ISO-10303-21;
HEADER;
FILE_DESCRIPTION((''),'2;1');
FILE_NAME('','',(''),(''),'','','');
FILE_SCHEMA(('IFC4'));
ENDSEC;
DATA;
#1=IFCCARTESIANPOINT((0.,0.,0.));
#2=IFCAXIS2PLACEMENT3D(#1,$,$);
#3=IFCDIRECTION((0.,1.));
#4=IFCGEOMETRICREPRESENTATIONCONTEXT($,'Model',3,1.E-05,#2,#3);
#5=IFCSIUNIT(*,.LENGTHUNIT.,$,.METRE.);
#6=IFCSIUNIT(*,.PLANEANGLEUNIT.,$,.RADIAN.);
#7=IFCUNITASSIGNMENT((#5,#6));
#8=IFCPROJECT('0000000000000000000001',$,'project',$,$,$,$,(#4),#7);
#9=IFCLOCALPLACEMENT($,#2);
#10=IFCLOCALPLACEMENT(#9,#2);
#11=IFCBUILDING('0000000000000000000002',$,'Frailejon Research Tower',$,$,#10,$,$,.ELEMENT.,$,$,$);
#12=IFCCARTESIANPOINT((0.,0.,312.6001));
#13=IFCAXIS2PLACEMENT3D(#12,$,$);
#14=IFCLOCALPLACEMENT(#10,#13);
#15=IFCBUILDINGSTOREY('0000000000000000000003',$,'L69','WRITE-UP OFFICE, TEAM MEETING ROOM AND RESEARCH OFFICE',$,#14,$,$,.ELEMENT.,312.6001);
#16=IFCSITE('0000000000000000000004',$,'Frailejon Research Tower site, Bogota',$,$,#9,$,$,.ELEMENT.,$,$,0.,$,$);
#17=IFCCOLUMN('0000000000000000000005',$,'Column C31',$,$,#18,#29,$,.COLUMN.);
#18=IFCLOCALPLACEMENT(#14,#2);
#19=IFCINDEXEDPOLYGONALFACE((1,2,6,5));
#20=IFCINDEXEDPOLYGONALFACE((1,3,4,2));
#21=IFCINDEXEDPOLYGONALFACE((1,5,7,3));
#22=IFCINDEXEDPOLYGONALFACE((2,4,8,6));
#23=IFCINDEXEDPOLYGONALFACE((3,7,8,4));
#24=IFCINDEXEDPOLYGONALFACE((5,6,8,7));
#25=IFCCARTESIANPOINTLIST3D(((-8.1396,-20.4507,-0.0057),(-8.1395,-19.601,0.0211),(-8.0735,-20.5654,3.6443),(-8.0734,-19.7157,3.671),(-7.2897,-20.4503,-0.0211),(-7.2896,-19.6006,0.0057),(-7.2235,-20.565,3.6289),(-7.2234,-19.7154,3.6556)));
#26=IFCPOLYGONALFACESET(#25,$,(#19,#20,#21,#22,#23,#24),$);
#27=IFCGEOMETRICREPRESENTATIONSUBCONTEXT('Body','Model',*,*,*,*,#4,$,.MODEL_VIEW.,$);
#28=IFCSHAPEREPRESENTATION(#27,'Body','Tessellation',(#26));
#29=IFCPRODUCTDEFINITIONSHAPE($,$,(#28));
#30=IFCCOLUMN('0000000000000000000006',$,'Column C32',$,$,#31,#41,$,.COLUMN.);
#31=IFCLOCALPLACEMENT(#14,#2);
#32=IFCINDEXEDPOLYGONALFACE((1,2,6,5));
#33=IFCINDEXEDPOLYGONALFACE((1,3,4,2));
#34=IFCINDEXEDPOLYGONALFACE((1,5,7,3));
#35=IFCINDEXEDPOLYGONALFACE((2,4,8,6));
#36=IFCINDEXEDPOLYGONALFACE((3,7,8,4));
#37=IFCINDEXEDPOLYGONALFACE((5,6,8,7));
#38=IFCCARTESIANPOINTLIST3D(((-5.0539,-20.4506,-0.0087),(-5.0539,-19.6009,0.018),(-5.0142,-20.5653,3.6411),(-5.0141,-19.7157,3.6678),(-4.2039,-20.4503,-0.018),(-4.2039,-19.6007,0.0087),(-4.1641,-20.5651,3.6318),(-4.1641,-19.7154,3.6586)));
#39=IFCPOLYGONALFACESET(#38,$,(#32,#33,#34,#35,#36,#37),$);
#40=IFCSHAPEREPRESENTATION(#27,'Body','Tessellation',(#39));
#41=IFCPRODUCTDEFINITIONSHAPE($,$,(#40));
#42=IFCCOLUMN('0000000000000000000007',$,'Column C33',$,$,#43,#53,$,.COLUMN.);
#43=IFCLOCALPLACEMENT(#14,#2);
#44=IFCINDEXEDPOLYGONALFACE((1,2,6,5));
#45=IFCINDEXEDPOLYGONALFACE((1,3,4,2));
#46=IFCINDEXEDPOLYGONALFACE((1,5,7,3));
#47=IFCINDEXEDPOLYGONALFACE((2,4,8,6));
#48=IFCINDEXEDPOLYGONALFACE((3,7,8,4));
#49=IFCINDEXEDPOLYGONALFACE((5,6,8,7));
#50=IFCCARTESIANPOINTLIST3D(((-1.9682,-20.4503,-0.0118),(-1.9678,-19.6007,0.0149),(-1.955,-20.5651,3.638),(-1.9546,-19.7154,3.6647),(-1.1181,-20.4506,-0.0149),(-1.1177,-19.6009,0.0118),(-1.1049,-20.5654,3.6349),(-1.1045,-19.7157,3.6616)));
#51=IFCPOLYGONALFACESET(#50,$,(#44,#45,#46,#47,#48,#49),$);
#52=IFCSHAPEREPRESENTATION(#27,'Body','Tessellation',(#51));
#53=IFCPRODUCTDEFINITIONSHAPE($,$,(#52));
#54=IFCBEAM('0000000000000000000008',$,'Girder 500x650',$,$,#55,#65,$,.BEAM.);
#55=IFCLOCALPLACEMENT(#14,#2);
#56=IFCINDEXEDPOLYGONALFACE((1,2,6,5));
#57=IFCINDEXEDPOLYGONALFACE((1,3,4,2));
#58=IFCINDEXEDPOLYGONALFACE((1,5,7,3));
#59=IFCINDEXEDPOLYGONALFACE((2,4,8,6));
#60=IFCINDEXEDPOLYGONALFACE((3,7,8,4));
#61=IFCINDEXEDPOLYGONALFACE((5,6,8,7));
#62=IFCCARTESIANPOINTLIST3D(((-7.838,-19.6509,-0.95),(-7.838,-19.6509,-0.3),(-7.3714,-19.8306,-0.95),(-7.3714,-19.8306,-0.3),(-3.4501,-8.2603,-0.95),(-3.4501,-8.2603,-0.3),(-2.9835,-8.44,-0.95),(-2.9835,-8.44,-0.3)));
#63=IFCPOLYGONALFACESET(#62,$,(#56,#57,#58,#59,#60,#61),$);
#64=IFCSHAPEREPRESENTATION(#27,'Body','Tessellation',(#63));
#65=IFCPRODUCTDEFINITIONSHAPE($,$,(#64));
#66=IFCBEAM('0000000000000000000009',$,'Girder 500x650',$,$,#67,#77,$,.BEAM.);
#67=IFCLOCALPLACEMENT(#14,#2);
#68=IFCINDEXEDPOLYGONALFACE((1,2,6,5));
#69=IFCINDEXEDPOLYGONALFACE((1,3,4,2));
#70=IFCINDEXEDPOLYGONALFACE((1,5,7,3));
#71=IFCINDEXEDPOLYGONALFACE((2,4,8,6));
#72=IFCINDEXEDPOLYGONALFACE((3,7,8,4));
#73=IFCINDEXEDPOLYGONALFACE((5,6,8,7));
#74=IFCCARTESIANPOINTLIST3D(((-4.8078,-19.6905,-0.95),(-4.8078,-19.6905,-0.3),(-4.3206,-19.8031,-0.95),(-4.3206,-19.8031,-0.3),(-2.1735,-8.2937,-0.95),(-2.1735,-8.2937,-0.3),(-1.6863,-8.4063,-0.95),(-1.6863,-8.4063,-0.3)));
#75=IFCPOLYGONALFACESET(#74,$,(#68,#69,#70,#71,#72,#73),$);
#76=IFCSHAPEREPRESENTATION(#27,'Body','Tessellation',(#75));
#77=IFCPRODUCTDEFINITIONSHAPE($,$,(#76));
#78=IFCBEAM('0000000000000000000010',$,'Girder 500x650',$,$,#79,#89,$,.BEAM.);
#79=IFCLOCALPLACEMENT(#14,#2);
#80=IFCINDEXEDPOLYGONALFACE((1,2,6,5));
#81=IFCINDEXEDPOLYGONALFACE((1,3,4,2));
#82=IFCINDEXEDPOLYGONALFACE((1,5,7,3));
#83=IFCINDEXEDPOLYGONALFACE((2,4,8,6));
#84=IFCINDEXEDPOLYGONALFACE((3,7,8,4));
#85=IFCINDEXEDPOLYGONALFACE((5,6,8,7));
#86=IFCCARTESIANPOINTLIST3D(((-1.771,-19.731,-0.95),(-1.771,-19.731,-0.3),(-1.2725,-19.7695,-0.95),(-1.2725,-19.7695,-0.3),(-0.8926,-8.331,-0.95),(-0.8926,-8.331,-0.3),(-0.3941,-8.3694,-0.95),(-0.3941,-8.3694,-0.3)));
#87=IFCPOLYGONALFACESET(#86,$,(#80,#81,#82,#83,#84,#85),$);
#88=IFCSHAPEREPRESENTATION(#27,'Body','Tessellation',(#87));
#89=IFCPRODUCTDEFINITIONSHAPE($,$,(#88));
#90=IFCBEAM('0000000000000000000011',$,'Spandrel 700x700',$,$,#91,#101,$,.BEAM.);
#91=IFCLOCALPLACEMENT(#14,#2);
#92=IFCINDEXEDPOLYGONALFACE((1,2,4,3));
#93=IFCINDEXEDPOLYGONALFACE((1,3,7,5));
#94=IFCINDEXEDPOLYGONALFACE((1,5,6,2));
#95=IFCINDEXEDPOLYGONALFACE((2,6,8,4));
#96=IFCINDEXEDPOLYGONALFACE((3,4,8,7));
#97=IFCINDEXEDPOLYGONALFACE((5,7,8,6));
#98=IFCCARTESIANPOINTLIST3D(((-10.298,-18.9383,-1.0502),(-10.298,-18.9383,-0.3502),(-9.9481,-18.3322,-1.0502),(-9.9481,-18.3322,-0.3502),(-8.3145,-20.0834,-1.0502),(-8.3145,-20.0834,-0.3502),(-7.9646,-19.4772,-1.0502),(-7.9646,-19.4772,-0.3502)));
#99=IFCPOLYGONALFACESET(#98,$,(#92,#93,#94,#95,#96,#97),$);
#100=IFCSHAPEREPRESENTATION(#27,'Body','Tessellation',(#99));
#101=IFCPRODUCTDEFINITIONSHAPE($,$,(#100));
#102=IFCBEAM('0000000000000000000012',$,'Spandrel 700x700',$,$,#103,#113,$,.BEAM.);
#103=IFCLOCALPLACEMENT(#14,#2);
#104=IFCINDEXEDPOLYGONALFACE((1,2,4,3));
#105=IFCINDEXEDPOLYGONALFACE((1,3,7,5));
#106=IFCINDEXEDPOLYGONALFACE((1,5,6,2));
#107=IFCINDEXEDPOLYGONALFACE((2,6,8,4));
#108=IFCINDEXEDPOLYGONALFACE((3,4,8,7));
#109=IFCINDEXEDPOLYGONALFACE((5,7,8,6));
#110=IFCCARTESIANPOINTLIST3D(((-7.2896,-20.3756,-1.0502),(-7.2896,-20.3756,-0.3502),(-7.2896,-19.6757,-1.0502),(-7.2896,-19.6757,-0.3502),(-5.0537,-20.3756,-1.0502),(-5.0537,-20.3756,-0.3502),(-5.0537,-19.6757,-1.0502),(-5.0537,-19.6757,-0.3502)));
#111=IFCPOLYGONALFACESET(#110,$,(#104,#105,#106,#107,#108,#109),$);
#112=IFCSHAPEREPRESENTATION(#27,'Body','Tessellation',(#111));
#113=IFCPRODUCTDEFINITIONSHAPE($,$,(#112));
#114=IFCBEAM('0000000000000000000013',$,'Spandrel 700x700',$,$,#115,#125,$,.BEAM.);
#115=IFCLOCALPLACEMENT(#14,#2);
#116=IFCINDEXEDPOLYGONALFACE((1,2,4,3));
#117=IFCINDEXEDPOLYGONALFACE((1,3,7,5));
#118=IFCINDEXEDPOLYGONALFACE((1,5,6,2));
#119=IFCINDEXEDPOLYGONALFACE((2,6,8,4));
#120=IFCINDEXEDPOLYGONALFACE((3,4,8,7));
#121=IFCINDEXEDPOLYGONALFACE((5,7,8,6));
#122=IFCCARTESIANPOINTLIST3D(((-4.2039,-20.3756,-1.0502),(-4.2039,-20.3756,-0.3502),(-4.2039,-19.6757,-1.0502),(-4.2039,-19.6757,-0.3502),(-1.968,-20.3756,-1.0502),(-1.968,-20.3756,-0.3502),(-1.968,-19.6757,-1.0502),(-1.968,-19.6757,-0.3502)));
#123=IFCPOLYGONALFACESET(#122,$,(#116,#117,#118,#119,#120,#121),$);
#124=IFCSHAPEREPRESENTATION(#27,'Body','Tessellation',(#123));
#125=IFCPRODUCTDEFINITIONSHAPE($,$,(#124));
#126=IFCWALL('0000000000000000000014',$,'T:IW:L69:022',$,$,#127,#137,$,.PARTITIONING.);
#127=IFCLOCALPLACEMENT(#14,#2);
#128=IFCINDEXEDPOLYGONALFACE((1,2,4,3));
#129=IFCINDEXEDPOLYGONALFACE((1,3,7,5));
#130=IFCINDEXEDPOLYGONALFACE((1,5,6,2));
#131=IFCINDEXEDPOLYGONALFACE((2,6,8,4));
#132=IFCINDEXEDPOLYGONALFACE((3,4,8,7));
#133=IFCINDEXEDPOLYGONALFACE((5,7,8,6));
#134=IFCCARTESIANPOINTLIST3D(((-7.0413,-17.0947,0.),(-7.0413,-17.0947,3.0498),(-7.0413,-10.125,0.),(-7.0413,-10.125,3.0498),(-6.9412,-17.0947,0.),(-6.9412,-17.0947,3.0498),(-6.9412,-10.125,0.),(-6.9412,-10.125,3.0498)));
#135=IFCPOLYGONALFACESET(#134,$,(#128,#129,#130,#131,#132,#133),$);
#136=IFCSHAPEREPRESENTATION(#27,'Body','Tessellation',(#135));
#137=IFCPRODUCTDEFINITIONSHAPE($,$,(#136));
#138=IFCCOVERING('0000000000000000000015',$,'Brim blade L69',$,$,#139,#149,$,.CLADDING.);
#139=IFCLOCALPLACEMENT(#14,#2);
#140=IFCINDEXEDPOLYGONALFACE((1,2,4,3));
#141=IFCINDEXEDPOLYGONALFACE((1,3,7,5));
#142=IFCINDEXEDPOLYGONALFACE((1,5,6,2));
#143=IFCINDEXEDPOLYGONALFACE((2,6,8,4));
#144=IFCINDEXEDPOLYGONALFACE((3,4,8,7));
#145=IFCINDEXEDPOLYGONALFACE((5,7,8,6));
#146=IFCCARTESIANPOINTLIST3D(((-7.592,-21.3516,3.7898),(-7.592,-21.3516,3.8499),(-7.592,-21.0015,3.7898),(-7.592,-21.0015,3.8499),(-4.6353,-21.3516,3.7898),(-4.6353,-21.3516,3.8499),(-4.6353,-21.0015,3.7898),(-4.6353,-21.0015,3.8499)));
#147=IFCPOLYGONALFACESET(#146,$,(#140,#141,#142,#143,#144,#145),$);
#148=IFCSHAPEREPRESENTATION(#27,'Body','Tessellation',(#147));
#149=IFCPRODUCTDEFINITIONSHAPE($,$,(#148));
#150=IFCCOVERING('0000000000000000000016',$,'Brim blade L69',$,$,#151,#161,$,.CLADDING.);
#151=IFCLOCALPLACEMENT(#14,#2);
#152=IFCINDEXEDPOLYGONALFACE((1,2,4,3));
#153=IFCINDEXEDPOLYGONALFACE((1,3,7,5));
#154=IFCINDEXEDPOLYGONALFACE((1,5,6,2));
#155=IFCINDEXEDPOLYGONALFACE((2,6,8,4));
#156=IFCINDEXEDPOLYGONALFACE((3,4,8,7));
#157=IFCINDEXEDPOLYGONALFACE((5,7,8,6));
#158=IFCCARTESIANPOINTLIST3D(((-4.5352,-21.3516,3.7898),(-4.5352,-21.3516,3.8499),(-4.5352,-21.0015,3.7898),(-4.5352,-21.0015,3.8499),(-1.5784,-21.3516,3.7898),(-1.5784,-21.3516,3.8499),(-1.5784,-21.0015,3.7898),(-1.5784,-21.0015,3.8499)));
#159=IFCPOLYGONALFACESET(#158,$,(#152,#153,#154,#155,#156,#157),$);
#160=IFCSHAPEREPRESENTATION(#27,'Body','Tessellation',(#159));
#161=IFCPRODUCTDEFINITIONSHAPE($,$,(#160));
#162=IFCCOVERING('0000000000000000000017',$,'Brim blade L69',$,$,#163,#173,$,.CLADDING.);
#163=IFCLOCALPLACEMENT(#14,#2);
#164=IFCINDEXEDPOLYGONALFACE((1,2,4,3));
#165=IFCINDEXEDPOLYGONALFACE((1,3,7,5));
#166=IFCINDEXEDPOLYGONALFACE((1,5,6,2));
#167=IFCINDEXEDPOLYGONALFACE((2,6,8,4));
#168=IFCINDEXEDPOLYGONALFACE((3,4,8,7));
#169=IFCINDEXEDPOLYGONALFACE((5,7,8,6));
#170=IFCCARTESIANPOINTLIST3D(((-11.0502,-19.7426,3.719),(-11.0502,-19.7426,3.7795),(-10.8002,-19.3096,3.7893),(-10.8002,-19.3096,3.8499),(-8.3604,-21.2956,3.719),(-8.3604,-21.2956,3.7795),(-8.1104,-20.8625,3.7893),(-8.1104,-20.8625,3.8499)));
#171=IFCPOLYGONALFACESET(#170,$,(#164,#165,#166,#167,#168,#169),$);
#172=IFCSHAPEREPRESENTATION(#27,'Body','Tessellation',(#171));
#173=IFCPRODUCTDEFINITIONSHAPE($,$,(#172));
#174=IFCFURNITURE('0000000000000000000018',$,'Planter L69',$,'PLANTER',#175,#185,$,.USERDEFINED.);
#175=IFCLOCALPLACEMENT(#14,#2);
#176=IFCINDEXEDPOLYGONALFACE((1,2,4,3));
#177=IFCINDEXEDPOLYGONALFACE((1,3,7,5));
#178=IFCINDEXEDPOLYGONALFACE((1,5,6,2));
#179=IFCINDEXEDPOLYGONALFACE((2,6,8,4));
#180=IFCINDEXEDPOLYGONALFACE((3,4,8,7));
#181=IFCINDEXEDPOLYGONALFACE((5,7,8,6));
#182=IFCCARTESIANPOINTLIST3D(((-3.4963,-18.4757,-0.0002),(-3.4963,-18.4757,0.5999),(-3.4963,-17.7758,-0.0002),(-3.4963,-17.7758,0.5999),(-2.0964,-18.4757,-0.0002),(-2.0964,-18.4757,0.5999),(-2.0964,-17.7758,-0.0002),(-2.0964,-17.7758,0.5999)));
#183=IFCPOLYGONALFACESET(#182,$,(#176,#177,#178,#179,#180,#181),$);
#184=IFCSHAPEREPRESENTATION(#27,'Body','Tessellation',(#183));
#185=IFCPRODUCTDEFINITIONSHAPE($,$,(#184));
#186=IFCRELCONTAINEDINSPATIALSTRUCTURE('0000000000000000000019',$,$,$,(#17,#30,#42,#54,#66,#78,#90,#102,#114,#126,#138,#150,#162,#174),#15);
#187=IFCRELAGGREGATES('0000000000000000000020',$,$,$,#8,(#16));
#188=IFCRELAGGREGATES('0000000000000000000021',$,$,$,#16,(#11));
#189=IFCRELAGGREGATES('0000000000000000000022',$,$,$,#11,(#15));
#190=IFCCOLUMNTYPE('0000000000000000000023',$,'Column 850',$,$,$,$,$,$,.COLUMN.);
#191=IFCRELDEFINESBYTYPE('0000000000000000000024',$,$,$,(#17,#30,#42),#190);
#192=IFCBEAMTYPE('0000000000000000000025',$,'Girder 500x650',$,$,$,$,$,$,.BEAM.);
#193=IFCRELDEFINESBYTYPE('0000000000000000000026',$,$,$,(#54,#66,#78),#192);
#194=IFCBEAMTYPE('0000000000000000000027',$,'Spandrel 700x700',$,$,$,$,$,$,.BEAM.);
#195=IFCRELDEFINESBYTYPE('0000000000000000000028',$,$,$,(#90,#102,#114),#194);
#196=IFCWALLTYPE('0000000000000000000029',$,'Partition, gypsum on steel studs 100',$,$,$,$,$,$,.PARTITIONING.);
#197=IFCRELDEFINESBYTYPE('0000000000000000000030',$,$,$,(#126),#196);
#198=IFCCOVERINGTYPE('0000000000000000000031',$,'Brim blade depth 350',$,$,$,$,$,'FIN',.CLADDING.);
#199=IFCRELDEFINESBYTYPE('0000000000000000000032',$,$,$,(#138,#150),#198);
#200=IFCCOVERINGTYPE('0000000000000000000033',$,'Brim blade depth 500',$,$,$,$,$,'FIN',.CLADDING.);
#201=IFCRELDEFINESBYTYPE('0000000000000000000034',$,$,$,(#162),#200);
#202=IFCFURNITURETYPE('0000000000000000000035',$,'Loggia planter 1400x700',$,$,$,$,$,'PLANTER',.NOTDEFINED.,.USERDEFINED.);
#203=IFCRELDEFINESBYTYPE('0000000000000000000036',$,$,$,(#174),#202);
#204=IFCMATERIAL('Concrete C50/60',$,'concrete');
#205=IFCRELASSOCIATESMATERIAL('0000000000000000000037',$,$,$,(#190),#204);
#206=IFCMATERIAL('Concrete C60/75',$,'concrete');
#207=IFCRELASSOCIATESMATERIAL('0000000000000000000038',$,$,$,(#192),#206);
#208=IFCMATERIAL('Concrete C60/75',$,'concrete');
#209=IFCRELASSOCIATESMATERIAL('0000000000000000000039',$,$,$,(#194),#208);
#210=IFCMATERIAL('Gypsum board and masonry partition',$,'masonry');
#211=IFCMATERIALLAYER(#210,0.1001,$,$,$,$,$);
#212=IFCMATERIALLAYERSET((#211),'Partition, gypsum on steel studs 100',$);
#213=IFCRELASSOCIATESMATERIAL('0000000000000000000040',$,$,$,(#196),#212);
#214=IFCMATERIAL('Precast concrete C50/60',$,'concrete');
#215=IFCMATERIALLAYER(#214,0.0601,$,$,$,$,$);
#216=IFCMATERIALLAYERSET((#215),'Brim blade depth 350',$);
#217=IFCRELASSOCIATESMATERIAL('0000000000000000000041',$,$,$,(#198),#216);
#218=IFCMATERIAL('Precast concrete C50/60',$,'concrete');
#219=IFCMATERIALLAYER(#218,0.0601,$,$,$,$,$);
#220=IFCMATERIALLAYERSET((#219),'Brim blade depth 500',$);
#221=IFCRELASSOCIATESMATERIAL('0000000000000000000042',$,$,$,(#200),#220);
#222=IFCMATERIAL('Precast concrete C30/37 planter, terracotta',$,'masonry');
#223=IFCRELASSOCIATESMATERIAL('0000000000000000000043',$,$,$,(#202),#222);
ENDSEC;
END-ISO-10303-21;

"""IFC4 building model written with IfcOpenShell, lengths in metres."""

from ifc_helpers import new_model, si_unit, direction, frame, frame_2d, origin, origin_2d, place, context, subcontext, project, spatial, polyline, rectangle, outline, extrude, material, layer, layer_set, material_profile, profile_set, type_object, element, save


model = new_model("IFC4")

# Units and contexts
model_context = context("Model", 3, precision=1e-05, world=origin(), true_north=direction((0.0, 1.0)))
body_context = subcontext(model_context, "Body", "Model", "MODEL_VIEW")
ifc_project = project(units=[si_unit("LENGTHUNIT", "METRE"), si_unit("PLANEANGLEUNIT", "RADIAN")], contexts=[model_context])

# Site, building, storey
site_placement = place(None, origin())
site = spatial("IfcSite", under=ifc_project, at=site_placement, Name="Frailejon Research Tower site, Bogota", CompositionType="ELEMENT", RefElevation=0.0)
building_placement = place(site_placement, origin())
building = spatial("IfcBuilding", under=site, at=building_placement, Name="Frailejon Research Tower", CompositionType="ELEMENT")
storey_placement = place(building_placement, frame((0.0, 0.0, 312.6001)))
storey = spatial("IfcBuildingStorey", under=building, at=storey_placement, Name="L69", Description="WRITE-UP OFFICE, TEAM MEETING ROOM AND RESEARCH OFFICE", CompositionType="ELEMENT", Elevation=312.6001)

# Columns
ifc_material_1 = material(Name="Concrete C50/60", Category="concrete")
ifc_material_profile_1 = material_profile(ifc_material_1, rectangle(XDim=0.8501, YDim=0.8501, at=origin_2d()), Name="Column 850")
ifc_profile_set_1 = profile_set([ifc_material_profile_1], Name="Concrete C50/60")
column_type = type_object("IfcColumnType", Name="Column 850", PredefinedType="COLUMN", material=ifc_profile_set_1)
column_1_placement = place(storey_placement, frame((-7.7146, -20.0256, 0.0), z_axis=(0.018115, -0.031417, 0.999342), x_axis=(0.999836, 0.000438, -0.01811)))
element("IfcColumn", 1, at=column_1_placement, inside=storey, type_object=column_type, Name="Column C31", PredefinedType="COLUMN", context=body_context, shape_type="SweptSolid", body=[
    extrude(rectangle(XDim=0.8501, YDim=0.8501, at=origin_2d()), origin(), (0.0, 0.0, 1.0), 3.6523),
])
column_2_placement = place(storey_placement, frame((-4.6289, -20.0256, 0.0), z_axis=(0.010897, -0.031421, 0.999447), x_axis=(0.999941, 0.000298, -0.010893)))
element("IfcColumn", 2, at=column_2_placement, inside=storey, type_object=column_type, Name="Column C32", PredefinedType="COLUMN", context=body_context, shape_type="SweptSolid", body=[
    extrude(rectangle(XDim=0.8501, YDim=0.8501, at=origin_2d()), origin(), (0.0, 0.0, 1.0), 3.6519),
])
column_3_placement = place(storey_placement, frame((-1.543, -20.0256, 0.0), z_axis=(0.00361, -0.031422, 0.9995), x_axis=(0.999993, -0.000341, -0.003623)))
element("IfcColumn", 3, at=column_3_placement, inside=storey, type_object=column_type, Name="Column C33", PredefinedType="COLUMN", context=body_context, shape_type="SweptSolid", body=[
    extrude(rectangle(XDim=0.8501, YDim=0.8501, at=origin_2d()), origin(), (0.0, 0.0, 1.0), 3.6516),
])

# Beams
ifc_material_2 = material(Name="Concrete C60/75", Category="concrete")
ifc_material_profile_2 = material_profile(ifc_material_2, rectangle(XDim=0.5, YDim=0.6499, at=origin_2d()), Name="Girder 500x650")
ifc_profile_set_2 = profile_set([ifc_material_profile_2], Name="Concrete C60/75")
beam_type_1 = type_object("IfcBeamType", Name="Girder 500x650", PredefinedType="BEAM", material=ifc_profile_set_2)
beam_1_placement = place(storey_placement, frame((-7.6047, -19.7407, -0.625), z_axis=(0.359474, 0.933155, 0.0), x_axis=(-0.933155, 0.359474, 0.0)))
element("IfcBeam", 4, at=beam_1_placement, inside=storey, type_object=beam_type_1, Name="Girder 500x650", PredefinedType="BEAM", context=body_context, shape_type="SweptSolid", body=[
    extrude(rectangle(XDim=0.5, YDim=0.6499, at=origin_2d()), origin(), (0.0, 0.0, 1.0), 12.2065),
])
beam_2_placement = place(storey_placement, frame((-4.5642, -19.7468, -0.625), z_axis=(0.225206, 0.974311, 0.0), x_axis=(-0.974311, 0.225206, 0.0)))
element("IfcBeam", 5, at=beam_2_placement, inside=storey, type_object=beam_type_1, Name="Girder 500x650", PredefinedType="BEAM", context=body_context, shape_type="SweptSolid", body=[
    extrude(rectangle(XDim=0.5, YDim=0.6499, at=origin_2d()), origin(), (0.0, 0.0, 1.0), 11.6973),
])
beam_3_placement = place(storey_placement, frame((-1.5217, -19.7502, -0.625), z_axis=(0.076825, 0.997045, 0.0), x_axis=(-0.997045, 0.076825, 0.0)))
element("IfcBeam", 6, at=beam_3_placement, inside=storey, type_object=beam_type_1, Name="Girder 500x650", PredefinedType="BEAM", context=body_context, shape_type="SweptSolid", body=[
    extrude(rectangle(XDim=0.5, YDim=0.6499, at=origin_2d()), origin(), (0.0, 0.0, 1.0), 11.4338),
])
ifc_material_3 = material(Name="Concrete C60/75", Category="concrete")
ifc_material_profile_3 = material_profile(ifc_material_3, rectangle(XDim=0.7, YDim=0.7, at=origin_2d()), Name="Spandrel 700x700")
ifc_profile_set_3 = profile_set([ifc_material_profile_3], Name="Concrete C60/75")
beam_type_2 = type_object("IfcBeamType", Name="Spandrel 700x700", PredefinedType="BEAM", material=ifc_profile_set_3)
beam_4_placement = place(storey_placement, frame((-10.123, -18.6353, -0.7002), z_axis=(0.866044, -0.499969, 0.0), x_axis=(0.499969, 0.866044, 0.0)))
element("IfcBeam", 7, at=beam_4_placement, inside=storey, type_object=beam_type_2, Name="Spandrel 700x700", PredefinedType="BEAM", context=body_context, shape_type="SweptSolid", body=[
    extrude(rectangle(XDim=0.7, YDim=0.7, at=origin_2d()), origin(), (0.0, 0.0, 1.0), 2.2903),
])
for number, where, z_axis, x_axis, name in (
    (8, (-7.2896, -20.0256, -0.7002), (1.0, 0.0, 0.0), (0.0, 1.0, 0.0), "Spandrel 700x700"),
    (9, (-4.2039, -20.0256, -0.7002), (1.0, 0.0, 0.0), (0.0, 1.0, 0.0), "Spandrel 700x700"),
):
    element("IfcBeam", number, at=place(storey_placement, frame(where, z_axis=z_axis, x_axis=x_axis)), inside=storey, type_object=beam_type_2, Name=name, PredefinedType="BEAM", context=body_context, shape_type="SweptSolid", body=[
        extrude(rectangle(XDim=0.7, YDim=0.7, at=origin_2d()), origin(), (0.0, 0.0, 1.0), 2.2358),
    ])

# Wall
ifc_material_4 = material(Name="Gypsum board and masonry partition", Category="masonry")
ifc_layer_1 = layer(ifc_material_4, 0.1001)
ifc_layer_set_1 = layer_set([ifc_layer_1], Name="Partition, gypsum on steel studs 100")
wall_type_1 = type_object("IfcWallType", Name="Partition, gypsum on steel studs 100", PredefinedType="PARTITIONING", material=ifc_layer_set_1)
wall_1_placement = place(storey_placement, frame((-6.9912, -17.0947, 0.0), z_axis=(0.0, 0.0, 1.0), x_axis=(0.0, 1.0, 0.0)))
element("IfcWall", 10, at=wall_1_placement, inside=storey, type_object=wall_type_1, Name="T:IW:L69:022", PredefinedType="PARTITIONING", context=body_context, shape_type="SweptSolid", body=[
    extrude(rectangle(XDim=6.9697, YDim=0.1001, at=frame_2d((3.4849, 0.0))), origin(), (0.0, 0.0, 1.0), 3.0498),
])

# Coverings
ifc_material_5 = material(Name="Precast concrete C50/60", Category="concrete")
ifc_layer_2 = layer(ifc_material_5, 0.0601)
ifc_layer_set_2 = layer_set([ifc_layer_2], Name="Brim blade depth 350")
covering_type_1 = type_object("IfcCoveringType", Name="Brim blade depth 350", ElementType="FIN", PredefinedType="CLADDING", material=ifc_layer_set_2)
for number, where, z_axis, x_axis, name in (
    (11, (-4.6353, -21.0015, 3.8499), (-1.0, 0.0, 0.0), (0.0, -1.0, 0.0), "Brim blade L69"),
    (12, (-1.5784, -21.0015, 3.8499), (-1.0, 0.0, 0.0), (0.0, -1.0, 0.0), "Brim blade L69"),
):
    element("IfcCovering", number, at=place(storey_placement, frame(where, z_axis=z_axis, x_axis=x_axis)), inside=storey, type_object=covering_type_1, Name=name, PredefinedType="CLADDING", context=body_context, shape_type="SweptSolid", body=[
        extrude(outline(polyline([(0.0, -0.0601), (0.3501, -0.0601), (0.3501, 0.0), (0.0, 0.0), (0.0, -0.0601)])), origin(), (0.0, 0.0, 1.0), 2.9568),
    ])
ifc_material_6 = material(Name="Precast concrete C50/60", Category="concrete")
ifc_layer_3 = layer(ifc_material_6, 0.0601)
ifc_layer_set_3 = layer_set([ifc_layer_3], Name="Brim blade depth 500")
covering_type_2 = type_object("IfcCoveringType", Name="Brim blade depth 500", ElementType="FIN", PredefinedType="CLADDING", material=ifc_layer_set_3)
covering_placement = place(storey_placement, frame((-8.1104, -20.8625, 3.8499), z_axis=(-0.866027, 0.499997, 0.0), x_axis=(-0.499997, -0.866027, 0.0)))
element("IfcCovering", 13, at=covering_placement, inside=storey, type_object=covering_type_2, Name="Brim blade L69", PredefinedType="CLADDING", context=body_context, shape_type="SweptSolid", body=[
    extrude(outline(polyline([(0.0, -0.0605), (0.5, -0.1309), (0.5, -0.0703), (0.0, 0.0), (0.0, -0.0605)])), origin(), (0.0, 0.0, 1.0), 3.106),
])

# Furniture
ifc_material_7 = material(Name="Precast concrete C30/37 planter, terracotta", Category="masonry")
furniture_type = type_object("IfcFurnitureType", Name="Loggia planter 1400x700", ElementType="PLANTER", AssemblyPlace="NOTDEFINED", PredefinedType="USERDEFINED", material=ifc_material_7)
furniture_placement = place(storey_placement, frame((-2.7964, -18.1257, -0.0002), z_axis=(0.0, 0.0, 1.0), x_axis=(1.0, 0.0, 0.0)))
element("IfcFurniture", 14, at=furniture_placement, inside=storey, type_object=furniture_type, Name="Planter L69", ObjectType="PLANTER", PredefinedType="USERDEFINED", context=body_context, shape_type="SweptSolid", body=[
    extrude(rectangle(XDim=1.3999, YDim=0.7, at=origin_2d()), origin(), (0.0, 0.0, 1.0), 0.6001),
])

save(model, "model.ifc")
